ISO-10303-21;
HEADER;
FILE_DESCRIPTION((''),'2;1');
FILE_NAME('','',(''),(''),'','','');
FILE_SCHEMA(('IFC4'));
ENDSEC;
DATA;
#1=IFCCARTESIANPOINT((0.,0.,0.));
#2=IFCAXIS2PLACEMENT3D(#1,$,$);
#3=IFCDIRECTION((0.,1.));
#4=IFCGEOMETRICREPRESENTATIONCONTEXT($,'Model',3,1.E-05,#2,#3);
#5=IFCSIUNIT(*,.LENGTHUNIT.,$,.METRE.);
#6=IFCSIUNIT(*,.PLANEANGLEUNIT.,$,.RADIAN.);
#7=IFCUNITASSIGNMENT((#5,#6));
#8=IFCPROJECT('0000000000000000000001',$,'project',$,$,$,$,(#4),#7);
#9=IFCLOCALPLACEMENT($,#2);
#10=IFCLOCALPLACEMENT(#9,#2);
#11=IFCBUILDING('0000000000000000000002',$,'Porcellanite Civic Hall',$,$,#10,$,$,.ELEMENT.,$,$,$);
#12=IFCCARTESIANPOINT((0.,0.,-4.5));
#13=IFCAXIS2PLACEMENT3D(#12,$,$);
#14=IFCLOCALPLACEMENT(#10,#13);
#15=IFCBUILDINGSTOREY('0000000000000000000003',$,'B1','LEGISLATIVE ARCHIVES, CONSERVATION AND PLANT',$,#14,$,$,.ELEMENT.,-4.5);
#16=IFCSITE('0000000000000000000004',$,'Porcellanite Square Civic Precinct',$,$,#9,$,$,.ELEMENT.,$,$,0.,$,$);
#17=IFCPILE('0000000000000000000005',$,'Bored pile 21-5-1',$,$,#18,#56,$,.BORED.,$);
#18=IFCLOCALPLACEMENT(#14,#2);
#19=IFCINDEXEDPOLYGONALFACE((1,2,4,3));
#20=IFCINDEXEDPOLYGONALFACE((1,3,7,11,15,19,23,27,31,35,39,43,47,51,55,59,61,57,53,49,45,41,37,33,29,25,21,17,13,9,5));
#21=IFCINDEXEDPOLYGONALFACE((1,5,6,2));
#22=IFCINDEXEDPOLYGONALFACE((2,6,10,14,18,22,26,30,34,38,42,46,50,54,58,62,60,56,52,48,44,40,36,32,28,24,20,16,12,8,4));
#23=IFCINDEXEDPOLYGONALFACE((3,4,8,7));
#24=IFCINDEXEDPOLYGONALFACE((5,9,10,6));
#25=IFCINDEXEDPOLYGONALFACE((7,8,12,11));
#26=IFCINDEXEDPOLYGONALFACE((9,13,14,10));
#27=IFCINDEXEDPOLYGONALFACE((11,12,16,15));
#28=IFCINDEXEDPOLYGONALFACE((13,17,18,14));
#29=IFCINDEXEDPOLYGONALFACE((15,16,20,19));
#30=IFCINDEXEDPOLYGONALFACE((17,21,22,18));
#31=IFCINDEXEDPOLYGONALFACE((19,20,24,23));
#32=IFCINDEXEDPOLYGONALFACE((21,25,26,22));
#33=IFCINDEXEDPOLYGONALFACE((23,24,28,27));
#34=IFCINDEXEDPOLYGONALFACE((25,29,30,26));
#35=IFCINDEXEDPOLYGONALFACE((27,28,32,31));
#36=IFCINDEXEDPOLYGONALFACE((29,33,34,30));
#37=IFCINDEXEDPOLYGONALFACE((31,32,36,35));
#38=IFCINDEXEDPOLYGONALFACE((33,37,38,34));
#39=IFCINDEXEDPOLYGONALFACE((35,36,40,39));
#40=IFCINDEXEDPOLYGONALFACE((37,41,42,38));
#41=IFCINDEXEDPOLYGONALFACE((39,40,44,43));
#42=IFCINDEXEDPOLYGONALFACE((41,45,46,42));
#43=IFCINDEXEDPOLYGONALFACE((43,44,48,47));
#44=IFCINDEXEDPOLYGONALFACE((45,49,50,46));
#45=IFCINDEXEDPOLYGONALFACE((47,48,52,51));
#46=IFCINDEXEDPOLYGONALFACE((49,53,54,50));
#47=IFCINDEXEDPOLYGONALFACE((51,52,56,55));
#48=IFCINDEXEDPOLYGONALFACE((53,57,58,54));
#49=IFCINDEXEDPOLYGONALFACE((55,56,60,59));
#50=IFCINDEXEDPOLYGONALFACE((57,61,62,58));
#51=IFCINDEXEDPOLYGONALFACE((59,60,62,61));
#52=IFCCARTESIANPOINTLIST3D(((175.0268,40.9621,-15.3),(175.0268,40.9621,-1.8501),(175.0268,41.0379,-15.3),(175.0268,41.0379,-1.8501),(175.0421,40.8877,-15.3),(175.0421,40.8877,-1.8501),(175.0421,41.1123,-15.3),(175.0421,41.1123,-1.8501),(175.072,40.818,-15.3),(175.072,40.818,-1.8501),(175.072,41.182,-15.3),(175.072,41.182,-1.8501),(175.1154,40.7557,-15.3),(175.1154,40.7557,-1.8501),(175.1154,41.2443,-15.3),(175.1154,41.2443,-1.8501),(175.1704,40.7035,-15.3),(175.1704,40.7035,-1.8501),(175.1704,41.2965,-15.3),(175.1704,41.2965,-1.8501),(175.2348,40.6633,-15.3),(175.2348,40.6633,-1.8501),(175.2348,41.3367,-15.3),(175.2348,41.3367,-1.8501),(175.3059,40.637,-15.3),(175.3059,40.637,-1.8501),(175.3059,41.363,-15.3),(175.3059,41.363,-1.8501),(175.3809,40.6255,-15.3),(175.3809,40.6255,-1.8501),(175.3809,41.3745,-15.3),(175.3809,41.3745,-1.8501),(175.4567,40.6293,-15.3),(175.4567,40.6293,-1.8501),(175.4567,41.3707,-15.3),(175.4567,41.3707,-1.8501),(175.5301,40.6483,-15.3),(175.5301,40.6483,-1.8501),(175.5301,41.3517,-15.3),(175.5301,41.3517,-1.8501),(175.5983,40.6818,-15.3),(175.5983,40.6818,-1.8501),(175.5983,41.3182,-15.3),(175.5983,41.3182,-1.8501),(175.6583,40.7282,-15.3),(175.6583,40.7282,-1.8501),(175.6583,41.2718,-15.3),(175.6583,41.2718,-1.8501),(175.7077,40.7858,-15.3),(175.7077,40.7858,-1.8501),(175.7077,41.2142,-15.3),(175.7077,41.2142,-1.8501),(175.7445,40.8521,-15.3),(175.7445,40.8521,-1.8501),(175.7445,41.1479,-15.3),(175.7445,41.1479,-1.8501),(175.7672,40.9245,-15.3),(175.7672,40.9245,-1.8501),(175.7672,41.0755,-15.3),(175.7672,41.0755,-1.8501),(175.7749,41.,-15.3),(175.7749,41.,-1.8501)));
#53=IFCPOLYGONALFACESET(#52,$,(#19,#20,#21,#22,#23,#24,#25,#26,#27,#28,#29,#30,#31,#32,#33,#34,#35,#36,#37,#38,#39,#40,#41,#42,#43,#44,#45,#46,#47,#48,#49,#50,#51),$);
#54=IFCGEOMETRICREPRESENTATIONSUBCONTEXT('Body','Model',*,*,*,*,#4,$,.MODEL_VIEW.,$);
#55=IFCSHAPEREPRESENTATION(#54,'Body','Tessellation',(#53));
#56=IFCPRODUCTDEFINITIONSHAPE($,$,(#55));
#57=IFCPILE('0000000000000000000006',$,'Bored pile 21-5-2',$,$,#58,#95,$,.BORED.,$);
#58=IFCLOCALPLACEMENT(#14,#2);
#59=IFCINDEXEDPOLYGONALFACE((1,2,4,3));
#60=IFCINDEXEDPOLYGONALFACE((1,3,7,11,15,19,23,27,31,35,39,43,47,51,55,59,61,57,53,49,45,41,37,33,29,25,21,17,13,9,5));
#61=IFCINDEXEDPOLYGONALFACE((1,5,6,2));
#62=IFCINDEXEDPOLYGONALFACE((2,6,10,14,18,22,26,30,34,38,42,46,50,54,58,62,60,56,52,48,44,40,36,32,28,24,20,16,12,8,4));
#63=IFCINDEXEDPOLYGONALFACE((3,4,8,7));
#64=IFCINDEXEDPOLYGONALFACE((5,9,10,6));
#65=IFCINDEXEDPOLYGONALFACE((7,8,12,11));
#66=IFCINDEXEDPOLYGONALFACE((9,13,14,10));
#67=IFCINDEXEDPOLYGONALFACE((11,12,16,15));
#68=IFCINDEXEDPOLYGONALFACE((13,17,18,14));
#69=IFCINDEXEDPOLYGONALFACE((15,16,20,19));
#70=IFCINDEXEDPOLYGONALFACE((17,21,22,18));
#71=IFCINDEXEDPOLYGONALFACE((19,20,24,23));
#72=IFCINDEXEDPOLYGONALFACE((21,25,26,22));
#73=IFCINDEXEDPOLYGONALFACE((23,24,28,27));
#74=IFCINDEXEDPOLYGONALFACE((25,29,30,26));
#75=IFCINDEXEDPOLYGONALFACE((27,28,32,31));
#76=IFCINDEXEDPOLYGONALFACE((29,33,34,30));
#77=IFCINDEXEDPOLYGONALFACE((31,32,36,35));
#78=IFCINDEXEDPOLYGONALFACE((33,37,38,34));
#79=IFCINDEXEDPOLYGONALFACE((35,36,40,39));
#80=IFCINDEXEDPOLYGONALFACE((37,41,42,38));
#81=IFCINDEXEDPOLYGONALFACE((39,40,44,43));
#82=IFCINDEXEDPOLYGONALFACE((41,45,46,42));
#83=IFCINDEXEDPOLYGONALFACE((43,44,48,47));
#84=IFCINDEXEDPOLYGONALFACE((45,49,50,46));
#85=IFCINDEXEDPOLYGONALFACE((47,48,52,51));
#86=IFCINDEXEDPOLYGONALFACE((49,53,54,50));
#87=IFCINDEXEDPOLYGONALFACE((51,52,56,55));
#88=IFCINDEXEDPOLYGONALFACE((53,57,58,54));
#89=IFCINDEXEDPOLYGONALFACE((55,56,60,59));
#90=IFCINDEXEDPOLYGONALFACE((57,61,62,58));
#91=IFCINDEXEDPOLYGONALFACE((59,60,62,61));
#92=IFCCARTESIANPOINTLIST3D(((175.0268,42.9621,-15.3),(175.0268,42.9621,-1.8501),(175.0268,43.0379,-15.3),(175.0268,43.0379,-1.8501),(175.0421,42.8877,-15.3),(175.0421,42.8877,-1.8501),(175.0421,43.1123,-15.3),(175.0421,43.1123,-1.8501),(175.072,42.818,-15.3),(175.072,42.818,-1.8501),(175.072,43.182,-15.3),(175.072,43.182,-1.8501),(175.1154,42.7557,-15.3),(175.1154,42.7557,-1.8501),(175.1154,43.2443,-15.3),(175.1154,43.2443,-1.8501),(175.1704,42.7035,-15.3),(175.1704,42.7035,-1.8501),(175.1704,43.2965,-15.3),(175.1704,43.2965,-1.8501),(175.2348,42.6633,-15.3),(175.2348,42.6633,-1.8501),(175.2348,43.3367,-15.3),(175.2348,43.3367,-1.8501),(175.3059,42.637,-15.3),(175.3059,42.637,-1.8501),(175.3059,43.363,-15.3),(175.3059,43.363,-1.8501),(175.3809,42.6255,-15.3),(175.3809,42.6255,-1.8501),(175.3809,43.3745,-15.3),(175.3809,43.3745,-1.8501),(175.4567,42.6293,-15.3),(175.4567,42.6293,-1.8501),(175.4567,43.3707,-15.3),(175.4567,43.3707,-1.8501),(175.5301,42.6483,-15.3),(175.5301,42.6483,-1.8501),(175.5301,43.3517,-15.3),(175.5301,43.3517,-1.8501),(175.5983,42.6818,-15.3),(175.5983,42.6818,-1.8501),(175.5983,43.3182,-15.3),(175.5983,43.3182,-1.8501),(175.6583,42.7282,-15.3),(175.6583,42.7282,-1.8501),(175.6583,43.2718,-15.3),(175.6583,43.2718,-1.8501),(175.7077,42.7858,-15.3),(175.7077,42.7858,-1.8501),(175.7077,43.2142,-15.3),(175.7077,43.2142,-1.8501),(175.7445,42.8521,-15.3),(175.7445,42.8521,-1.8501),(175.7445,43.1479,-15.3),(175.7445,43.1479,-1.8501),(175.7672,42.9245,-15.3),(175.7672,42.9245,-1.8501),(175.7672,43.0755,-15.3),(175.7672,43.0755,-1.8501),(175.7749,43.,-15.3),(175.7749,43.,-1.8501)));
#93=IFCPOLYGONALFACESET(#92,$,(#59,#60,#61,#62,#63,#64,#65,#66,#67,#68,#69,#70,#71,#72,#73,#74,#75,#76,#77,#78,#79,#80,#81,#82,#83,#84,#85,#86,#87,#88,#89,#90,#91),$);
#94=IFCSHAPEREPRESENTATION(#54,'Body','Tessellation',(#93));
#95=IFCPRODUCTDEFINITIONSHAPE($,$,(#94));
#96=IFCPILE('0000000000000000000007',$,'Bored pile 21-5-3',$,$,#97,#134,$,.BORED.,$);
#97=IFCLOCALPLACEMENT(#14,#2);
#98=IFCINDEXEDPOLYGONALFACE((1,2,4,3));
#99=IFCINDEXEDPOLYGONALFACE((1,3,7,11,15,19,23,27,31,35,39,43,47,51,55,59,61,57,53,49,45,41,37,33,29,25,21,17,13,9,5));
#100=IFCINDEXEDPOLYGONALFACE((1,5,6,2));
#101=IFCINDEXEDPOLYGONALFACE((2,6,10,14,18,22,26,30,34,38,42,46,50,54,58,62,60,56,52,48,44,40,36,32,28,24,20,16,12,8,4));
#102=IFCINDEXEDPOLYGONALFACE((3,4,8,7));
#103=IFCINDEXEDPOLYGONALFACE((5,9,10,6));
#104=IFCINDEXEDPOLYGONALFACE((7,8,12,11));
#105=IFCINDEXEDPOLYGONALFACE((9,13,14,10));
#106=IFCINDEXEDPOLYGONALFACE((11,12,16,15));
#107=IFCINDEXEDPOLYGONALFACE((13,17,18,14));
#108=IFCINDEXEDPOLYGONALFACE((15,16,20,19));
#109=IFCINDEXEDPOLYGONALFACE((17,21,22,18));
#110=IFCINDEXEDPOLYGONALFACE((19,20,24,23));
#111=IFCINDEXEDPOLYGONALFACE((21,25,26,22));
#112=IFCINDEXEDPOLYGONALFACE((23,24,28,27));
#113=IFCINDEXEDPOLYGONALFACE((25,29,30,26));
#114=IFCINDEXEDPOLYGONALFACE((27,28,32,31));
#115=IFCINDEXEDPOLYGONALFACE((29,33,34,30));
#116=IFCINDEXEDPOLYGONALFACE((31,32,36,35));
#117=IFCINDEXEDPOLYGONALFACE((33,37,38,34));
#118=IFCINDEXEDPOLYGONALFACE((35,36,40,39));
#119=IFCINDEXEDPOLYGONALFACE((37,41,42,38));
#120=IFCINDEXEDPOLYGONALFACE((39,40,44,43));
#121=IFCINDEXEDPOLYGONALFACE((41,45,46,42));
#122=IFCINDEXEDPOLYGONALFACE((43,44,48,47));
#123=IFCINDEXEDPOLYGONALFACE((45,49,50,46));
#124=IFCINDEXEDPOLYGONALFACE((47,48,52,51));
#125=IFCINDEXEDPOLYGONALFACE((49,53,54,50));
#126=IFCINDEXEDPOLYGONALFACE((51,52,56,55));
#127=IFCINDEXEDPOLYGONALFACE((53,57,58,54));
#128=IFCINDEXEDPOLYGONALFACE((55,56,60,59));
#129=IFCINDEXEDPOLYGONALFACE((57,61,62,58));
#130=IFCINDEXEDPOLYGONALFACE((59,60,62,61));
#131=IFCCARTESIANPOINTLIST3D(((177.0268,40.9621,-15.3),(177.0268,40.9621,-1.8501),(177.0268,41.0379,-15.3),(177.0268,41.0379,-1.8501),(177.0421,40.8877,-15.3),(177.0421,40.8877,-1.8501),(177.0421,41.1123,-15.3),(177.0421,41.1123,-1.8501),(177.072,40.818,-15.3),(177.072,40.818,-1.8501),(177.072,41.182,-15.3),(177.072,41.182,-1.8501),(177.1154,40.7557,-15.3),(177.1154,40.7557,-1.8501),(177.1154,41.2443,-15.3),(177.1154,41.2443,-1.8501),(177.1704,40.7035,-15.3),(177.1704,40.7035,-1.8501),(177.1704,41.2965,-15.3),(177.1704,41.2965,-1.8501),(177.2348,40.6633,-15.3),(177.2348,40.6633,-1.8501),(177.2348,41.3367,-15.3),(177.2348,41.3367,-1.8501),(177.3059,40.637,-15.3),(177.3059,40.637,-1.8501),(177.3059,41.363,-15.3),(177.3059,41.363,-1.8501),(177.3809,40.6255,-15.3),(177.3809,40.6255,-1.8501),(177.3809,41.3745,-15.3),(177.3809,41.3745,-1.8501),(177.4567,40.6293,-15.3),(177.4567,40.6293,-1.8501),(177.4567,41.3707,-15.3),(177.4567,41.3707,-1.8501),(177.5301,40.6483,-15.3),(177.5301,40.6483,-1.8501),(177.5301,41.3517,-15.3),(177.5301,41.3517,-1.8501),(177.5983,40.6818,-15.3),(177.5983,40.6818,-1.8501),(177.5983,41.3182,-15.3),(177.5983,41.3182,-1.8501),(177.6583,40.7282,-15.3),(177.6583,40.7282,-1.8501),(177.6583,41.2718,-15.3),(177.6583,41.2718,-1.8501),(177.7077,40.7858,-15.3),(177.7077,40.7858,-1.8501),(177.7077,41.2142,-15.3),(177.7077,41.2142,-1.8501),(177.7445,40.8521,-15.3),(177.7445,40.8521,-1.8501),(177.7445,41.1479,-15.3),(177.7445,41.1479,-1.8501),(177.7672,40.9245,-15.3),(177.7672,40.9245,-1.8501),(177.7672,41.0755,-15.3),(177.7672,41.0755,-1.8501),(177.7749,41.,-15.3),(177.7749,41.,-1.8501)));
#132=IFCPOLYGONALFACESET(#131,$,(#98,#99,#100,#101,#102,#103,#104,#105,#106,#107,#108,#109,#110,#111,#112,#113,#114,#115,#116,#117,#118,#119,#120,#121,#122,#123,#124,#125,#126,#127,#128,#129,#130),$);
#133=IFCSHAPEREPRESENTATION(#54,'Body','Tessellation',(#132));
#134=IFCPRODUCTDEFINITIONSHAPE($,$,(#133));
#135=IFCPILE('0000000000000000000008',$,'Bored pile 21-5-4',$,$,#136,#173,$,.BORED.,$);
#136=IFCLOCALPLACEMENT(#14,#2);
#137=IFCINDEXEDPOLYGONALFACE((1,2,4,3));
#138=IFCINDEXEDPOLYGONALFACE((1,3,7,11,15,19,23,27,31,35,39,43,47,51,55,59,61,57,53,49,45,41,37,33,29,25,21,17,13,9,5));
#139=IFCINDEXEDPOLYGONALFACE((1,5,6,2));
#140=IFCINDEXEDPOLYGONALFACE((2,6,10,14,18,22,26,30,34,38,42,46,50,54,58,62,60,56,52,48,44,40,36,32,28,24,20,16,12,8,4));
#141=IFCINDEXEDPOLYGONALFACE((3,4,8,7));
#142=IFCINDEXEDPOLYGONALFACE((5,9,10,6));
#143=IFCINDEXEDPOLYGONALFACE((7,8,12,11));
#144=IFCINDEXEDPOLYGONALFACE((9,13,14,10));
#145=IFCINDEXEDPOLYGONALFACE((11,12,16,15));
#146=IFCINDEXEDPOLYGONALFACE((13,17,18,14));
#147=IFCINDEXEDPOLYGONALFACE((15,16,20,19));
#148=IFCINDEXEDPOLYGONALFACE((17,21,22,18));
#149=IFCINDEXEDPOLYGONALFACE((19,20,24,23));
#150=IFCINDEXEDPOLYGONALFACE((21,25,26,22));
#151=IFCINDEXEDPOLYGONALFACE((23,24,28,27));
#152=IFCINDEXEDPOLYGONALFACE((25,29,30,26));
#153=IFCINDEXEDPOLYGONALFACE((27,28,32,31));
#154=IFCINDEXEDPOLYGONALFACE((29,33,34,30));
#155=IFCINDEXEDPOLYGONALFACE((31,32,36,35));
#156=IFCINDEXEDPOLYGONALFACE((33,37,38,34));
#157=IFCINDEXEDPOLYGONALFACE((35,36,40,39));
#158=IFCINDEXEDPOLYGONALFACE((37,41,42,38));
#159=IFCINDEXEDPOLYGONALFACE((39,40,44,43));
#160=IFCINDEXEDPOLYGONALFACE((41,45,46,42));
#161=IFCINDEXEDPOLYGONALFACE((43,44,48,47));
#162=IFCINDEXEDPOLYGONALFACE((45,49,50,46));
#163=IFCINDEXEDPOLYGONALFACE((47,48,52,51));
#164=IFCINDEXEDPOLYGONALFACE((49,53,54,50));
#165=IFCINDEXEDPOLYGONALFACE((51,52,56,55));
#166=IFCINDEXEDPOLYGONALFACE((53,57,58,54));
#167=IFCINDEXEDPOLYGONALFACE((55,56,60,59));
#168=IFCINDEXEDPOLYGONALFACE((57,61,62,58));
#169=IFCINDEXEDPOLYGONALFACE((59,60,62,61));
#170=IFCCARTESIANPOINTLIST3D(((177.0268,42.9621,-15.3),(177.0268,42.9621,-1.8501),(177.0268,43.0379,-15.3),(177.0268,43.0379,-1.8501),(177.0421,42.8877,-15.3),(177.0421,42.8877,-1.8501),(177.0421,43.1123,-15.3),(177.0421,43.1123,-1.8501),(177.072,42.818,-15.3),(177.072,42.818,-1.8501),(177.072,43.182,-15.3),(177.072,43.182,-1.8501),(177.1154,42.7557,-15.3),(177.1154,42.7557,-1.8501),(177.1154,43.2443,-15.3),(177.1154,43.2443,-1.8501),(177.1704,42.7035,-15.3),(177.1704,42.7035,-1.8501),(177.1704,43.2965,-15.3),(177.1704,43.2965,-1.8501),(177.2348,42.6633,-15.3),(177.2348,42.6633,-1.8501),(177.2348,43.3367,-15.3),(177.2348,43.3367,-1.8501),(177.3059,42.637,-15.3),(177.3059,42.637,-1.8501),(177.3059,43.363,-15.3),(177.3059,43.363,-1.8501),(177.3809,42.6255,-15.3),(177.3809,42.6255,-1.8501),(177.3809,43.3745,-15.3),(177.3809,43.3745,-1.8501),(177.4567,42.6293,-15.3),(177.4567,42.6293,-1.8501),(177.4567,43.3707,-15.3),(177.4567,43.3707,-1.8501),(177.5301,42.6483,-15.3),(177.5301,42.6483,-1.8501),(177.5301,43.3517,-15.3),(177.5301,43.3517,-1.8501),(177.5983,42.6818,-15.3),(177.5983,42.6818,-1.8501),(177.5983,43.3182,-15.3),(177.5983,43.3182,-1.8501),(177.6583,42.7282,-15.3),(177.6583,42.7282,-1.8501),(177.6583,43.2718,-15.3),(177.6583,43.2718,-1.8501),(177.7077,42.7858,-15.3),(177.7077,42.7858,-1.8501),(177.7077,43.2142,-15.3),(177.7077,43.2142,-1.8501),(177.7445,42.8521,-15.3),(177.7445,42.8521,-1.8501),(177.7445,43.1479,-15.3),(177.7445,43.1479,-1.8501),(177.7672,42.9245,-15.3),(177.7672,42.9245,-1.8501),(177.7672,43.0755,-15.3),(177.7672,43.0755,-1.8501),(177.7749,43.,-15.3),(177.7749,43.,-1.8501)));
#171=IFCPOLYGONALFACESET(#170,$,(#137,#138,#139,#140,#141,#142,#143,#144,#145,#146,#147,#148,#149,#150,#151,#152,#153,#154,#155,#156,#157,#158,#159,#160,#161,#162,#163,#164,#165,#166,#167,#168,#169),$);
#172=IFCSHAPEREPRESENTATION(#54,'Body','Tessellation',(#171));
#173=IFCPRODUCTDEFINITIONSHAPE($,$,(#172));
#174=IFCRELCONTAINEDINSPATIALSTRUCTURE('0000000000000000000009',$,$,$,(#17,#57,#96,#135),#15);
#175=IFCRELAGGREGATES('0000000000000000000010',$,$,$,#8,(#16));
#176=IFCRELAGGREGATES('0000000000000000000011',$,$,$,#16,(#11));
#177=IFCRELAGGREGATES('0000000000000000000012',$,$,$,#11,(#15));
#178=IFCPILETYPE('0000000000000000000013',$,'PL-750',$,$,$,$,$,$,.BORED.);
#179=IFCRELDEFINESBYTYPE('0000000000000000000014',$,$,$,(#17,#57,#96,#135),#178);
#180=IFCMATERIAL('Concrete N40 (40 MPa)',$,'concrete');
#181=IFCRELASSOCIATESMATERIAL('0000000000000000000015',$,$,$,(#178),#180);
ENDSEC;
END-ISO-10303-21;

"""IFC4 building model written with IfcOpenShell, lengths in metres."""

from ifc_helpers import new_model, si_unit, direction, frame, origin, origin_2d, place, context, subcontext, project, spatial, circle, extrude, material, material_profile, profile_set, type_object, element, save


model = new_model("IFC4")

# Units and contexts
model_context = context("Model", 3, precision=1e-05, world=origin(), true_north=direction((0.0, 1.0)))
body_context = subcontext(model_context, "Body", "Model", "MODEL_VIEW")
ifc_project = project(units=[si_unit("LENGTHUNIT", "METRE"), si_unit("PLANEANGLEUNIT", "RADIAN")], contexts=[model_context])

# Site, building, storey
site_placement = place(None, origin())
site = spatial("IfcSite", under=ifc_project, at=site_placement, Name="Porcellanite Square Civic Precinct", CompositionType="ELEMENT", RefElevation=0.0)
building_placement = place(site_placement, origin())
building = spatial("IfcBuilding", under=site, at=building_placement, Name="Porcellanite Civic Hall", CompositionType="ELEMENT")
storey_placement = place(building_placement, frame((0.0, 0.0, -4.5)))
storey = spatial("IfcBuildingStorey", under=building, at=storey_placement, Name="B1", Description="LEGISLATIVE ARCHIVES, CONSERVATION AND PLANT", CompositionType="ELEMENT", Elevation=-4.5)

# Piles
ifc_material_1 = material(Name="Concrete N40 (40 MPa)", Category="concrete")
ifc_material_profile_1 = material_profile(ifc_material_1, circle(Radius=0.375, at=origin_2d()), Name="PILE-D750")
ifc_profile_set_1 = profile_set([ifc_material_profile_1], Name="Concrete N40 (40 MPa)")
pile_type_1 = type_object("IfcPileType", Name="PL-750", PredefinedType="BORED", material=ifc_profile_set_1)
for number, where, z_axis, x_axis, name in (
    (1, (175.3999, 41.0, -1.8501), (0.0, 0.0, -1.0), (1.0, 0.0, 0.0), "Bored pile 21-5-1"),
    (2, (175.3999, 43.0, -1.8501), (0.0, 0.0, -1.0), (1.0, 0.0, 0.0), "Bored pile 21-5-2"),
    (3, (177.3999, 41.0, -1.8501), (0.0, 0.0, -1.0), (1.0, 0.0, 0.0), "Bored pile 21-5-3"),
    (4, (177.3999, 43.0, -1.8501), (0.0, 0.0, -1.0), (1.0, 0.0, 0.0), "Bored pile 21-5-4"),
):
    element("IfcPile", number, at=place(storey_placement, frame(where, z_axis=z_axis, x_axis=x_axis)), inside=storey, type_object=pile_type_1, Name=name, PredefinedType="BORED", context=body_context, shape_type="SweptSolid", body=[
        extrude(circle(Radius=0.375, at=origin_2d()), origin(), (0.0, 0.0, 1.0), 13.45),
    ])

save(model, "model.ifc")
